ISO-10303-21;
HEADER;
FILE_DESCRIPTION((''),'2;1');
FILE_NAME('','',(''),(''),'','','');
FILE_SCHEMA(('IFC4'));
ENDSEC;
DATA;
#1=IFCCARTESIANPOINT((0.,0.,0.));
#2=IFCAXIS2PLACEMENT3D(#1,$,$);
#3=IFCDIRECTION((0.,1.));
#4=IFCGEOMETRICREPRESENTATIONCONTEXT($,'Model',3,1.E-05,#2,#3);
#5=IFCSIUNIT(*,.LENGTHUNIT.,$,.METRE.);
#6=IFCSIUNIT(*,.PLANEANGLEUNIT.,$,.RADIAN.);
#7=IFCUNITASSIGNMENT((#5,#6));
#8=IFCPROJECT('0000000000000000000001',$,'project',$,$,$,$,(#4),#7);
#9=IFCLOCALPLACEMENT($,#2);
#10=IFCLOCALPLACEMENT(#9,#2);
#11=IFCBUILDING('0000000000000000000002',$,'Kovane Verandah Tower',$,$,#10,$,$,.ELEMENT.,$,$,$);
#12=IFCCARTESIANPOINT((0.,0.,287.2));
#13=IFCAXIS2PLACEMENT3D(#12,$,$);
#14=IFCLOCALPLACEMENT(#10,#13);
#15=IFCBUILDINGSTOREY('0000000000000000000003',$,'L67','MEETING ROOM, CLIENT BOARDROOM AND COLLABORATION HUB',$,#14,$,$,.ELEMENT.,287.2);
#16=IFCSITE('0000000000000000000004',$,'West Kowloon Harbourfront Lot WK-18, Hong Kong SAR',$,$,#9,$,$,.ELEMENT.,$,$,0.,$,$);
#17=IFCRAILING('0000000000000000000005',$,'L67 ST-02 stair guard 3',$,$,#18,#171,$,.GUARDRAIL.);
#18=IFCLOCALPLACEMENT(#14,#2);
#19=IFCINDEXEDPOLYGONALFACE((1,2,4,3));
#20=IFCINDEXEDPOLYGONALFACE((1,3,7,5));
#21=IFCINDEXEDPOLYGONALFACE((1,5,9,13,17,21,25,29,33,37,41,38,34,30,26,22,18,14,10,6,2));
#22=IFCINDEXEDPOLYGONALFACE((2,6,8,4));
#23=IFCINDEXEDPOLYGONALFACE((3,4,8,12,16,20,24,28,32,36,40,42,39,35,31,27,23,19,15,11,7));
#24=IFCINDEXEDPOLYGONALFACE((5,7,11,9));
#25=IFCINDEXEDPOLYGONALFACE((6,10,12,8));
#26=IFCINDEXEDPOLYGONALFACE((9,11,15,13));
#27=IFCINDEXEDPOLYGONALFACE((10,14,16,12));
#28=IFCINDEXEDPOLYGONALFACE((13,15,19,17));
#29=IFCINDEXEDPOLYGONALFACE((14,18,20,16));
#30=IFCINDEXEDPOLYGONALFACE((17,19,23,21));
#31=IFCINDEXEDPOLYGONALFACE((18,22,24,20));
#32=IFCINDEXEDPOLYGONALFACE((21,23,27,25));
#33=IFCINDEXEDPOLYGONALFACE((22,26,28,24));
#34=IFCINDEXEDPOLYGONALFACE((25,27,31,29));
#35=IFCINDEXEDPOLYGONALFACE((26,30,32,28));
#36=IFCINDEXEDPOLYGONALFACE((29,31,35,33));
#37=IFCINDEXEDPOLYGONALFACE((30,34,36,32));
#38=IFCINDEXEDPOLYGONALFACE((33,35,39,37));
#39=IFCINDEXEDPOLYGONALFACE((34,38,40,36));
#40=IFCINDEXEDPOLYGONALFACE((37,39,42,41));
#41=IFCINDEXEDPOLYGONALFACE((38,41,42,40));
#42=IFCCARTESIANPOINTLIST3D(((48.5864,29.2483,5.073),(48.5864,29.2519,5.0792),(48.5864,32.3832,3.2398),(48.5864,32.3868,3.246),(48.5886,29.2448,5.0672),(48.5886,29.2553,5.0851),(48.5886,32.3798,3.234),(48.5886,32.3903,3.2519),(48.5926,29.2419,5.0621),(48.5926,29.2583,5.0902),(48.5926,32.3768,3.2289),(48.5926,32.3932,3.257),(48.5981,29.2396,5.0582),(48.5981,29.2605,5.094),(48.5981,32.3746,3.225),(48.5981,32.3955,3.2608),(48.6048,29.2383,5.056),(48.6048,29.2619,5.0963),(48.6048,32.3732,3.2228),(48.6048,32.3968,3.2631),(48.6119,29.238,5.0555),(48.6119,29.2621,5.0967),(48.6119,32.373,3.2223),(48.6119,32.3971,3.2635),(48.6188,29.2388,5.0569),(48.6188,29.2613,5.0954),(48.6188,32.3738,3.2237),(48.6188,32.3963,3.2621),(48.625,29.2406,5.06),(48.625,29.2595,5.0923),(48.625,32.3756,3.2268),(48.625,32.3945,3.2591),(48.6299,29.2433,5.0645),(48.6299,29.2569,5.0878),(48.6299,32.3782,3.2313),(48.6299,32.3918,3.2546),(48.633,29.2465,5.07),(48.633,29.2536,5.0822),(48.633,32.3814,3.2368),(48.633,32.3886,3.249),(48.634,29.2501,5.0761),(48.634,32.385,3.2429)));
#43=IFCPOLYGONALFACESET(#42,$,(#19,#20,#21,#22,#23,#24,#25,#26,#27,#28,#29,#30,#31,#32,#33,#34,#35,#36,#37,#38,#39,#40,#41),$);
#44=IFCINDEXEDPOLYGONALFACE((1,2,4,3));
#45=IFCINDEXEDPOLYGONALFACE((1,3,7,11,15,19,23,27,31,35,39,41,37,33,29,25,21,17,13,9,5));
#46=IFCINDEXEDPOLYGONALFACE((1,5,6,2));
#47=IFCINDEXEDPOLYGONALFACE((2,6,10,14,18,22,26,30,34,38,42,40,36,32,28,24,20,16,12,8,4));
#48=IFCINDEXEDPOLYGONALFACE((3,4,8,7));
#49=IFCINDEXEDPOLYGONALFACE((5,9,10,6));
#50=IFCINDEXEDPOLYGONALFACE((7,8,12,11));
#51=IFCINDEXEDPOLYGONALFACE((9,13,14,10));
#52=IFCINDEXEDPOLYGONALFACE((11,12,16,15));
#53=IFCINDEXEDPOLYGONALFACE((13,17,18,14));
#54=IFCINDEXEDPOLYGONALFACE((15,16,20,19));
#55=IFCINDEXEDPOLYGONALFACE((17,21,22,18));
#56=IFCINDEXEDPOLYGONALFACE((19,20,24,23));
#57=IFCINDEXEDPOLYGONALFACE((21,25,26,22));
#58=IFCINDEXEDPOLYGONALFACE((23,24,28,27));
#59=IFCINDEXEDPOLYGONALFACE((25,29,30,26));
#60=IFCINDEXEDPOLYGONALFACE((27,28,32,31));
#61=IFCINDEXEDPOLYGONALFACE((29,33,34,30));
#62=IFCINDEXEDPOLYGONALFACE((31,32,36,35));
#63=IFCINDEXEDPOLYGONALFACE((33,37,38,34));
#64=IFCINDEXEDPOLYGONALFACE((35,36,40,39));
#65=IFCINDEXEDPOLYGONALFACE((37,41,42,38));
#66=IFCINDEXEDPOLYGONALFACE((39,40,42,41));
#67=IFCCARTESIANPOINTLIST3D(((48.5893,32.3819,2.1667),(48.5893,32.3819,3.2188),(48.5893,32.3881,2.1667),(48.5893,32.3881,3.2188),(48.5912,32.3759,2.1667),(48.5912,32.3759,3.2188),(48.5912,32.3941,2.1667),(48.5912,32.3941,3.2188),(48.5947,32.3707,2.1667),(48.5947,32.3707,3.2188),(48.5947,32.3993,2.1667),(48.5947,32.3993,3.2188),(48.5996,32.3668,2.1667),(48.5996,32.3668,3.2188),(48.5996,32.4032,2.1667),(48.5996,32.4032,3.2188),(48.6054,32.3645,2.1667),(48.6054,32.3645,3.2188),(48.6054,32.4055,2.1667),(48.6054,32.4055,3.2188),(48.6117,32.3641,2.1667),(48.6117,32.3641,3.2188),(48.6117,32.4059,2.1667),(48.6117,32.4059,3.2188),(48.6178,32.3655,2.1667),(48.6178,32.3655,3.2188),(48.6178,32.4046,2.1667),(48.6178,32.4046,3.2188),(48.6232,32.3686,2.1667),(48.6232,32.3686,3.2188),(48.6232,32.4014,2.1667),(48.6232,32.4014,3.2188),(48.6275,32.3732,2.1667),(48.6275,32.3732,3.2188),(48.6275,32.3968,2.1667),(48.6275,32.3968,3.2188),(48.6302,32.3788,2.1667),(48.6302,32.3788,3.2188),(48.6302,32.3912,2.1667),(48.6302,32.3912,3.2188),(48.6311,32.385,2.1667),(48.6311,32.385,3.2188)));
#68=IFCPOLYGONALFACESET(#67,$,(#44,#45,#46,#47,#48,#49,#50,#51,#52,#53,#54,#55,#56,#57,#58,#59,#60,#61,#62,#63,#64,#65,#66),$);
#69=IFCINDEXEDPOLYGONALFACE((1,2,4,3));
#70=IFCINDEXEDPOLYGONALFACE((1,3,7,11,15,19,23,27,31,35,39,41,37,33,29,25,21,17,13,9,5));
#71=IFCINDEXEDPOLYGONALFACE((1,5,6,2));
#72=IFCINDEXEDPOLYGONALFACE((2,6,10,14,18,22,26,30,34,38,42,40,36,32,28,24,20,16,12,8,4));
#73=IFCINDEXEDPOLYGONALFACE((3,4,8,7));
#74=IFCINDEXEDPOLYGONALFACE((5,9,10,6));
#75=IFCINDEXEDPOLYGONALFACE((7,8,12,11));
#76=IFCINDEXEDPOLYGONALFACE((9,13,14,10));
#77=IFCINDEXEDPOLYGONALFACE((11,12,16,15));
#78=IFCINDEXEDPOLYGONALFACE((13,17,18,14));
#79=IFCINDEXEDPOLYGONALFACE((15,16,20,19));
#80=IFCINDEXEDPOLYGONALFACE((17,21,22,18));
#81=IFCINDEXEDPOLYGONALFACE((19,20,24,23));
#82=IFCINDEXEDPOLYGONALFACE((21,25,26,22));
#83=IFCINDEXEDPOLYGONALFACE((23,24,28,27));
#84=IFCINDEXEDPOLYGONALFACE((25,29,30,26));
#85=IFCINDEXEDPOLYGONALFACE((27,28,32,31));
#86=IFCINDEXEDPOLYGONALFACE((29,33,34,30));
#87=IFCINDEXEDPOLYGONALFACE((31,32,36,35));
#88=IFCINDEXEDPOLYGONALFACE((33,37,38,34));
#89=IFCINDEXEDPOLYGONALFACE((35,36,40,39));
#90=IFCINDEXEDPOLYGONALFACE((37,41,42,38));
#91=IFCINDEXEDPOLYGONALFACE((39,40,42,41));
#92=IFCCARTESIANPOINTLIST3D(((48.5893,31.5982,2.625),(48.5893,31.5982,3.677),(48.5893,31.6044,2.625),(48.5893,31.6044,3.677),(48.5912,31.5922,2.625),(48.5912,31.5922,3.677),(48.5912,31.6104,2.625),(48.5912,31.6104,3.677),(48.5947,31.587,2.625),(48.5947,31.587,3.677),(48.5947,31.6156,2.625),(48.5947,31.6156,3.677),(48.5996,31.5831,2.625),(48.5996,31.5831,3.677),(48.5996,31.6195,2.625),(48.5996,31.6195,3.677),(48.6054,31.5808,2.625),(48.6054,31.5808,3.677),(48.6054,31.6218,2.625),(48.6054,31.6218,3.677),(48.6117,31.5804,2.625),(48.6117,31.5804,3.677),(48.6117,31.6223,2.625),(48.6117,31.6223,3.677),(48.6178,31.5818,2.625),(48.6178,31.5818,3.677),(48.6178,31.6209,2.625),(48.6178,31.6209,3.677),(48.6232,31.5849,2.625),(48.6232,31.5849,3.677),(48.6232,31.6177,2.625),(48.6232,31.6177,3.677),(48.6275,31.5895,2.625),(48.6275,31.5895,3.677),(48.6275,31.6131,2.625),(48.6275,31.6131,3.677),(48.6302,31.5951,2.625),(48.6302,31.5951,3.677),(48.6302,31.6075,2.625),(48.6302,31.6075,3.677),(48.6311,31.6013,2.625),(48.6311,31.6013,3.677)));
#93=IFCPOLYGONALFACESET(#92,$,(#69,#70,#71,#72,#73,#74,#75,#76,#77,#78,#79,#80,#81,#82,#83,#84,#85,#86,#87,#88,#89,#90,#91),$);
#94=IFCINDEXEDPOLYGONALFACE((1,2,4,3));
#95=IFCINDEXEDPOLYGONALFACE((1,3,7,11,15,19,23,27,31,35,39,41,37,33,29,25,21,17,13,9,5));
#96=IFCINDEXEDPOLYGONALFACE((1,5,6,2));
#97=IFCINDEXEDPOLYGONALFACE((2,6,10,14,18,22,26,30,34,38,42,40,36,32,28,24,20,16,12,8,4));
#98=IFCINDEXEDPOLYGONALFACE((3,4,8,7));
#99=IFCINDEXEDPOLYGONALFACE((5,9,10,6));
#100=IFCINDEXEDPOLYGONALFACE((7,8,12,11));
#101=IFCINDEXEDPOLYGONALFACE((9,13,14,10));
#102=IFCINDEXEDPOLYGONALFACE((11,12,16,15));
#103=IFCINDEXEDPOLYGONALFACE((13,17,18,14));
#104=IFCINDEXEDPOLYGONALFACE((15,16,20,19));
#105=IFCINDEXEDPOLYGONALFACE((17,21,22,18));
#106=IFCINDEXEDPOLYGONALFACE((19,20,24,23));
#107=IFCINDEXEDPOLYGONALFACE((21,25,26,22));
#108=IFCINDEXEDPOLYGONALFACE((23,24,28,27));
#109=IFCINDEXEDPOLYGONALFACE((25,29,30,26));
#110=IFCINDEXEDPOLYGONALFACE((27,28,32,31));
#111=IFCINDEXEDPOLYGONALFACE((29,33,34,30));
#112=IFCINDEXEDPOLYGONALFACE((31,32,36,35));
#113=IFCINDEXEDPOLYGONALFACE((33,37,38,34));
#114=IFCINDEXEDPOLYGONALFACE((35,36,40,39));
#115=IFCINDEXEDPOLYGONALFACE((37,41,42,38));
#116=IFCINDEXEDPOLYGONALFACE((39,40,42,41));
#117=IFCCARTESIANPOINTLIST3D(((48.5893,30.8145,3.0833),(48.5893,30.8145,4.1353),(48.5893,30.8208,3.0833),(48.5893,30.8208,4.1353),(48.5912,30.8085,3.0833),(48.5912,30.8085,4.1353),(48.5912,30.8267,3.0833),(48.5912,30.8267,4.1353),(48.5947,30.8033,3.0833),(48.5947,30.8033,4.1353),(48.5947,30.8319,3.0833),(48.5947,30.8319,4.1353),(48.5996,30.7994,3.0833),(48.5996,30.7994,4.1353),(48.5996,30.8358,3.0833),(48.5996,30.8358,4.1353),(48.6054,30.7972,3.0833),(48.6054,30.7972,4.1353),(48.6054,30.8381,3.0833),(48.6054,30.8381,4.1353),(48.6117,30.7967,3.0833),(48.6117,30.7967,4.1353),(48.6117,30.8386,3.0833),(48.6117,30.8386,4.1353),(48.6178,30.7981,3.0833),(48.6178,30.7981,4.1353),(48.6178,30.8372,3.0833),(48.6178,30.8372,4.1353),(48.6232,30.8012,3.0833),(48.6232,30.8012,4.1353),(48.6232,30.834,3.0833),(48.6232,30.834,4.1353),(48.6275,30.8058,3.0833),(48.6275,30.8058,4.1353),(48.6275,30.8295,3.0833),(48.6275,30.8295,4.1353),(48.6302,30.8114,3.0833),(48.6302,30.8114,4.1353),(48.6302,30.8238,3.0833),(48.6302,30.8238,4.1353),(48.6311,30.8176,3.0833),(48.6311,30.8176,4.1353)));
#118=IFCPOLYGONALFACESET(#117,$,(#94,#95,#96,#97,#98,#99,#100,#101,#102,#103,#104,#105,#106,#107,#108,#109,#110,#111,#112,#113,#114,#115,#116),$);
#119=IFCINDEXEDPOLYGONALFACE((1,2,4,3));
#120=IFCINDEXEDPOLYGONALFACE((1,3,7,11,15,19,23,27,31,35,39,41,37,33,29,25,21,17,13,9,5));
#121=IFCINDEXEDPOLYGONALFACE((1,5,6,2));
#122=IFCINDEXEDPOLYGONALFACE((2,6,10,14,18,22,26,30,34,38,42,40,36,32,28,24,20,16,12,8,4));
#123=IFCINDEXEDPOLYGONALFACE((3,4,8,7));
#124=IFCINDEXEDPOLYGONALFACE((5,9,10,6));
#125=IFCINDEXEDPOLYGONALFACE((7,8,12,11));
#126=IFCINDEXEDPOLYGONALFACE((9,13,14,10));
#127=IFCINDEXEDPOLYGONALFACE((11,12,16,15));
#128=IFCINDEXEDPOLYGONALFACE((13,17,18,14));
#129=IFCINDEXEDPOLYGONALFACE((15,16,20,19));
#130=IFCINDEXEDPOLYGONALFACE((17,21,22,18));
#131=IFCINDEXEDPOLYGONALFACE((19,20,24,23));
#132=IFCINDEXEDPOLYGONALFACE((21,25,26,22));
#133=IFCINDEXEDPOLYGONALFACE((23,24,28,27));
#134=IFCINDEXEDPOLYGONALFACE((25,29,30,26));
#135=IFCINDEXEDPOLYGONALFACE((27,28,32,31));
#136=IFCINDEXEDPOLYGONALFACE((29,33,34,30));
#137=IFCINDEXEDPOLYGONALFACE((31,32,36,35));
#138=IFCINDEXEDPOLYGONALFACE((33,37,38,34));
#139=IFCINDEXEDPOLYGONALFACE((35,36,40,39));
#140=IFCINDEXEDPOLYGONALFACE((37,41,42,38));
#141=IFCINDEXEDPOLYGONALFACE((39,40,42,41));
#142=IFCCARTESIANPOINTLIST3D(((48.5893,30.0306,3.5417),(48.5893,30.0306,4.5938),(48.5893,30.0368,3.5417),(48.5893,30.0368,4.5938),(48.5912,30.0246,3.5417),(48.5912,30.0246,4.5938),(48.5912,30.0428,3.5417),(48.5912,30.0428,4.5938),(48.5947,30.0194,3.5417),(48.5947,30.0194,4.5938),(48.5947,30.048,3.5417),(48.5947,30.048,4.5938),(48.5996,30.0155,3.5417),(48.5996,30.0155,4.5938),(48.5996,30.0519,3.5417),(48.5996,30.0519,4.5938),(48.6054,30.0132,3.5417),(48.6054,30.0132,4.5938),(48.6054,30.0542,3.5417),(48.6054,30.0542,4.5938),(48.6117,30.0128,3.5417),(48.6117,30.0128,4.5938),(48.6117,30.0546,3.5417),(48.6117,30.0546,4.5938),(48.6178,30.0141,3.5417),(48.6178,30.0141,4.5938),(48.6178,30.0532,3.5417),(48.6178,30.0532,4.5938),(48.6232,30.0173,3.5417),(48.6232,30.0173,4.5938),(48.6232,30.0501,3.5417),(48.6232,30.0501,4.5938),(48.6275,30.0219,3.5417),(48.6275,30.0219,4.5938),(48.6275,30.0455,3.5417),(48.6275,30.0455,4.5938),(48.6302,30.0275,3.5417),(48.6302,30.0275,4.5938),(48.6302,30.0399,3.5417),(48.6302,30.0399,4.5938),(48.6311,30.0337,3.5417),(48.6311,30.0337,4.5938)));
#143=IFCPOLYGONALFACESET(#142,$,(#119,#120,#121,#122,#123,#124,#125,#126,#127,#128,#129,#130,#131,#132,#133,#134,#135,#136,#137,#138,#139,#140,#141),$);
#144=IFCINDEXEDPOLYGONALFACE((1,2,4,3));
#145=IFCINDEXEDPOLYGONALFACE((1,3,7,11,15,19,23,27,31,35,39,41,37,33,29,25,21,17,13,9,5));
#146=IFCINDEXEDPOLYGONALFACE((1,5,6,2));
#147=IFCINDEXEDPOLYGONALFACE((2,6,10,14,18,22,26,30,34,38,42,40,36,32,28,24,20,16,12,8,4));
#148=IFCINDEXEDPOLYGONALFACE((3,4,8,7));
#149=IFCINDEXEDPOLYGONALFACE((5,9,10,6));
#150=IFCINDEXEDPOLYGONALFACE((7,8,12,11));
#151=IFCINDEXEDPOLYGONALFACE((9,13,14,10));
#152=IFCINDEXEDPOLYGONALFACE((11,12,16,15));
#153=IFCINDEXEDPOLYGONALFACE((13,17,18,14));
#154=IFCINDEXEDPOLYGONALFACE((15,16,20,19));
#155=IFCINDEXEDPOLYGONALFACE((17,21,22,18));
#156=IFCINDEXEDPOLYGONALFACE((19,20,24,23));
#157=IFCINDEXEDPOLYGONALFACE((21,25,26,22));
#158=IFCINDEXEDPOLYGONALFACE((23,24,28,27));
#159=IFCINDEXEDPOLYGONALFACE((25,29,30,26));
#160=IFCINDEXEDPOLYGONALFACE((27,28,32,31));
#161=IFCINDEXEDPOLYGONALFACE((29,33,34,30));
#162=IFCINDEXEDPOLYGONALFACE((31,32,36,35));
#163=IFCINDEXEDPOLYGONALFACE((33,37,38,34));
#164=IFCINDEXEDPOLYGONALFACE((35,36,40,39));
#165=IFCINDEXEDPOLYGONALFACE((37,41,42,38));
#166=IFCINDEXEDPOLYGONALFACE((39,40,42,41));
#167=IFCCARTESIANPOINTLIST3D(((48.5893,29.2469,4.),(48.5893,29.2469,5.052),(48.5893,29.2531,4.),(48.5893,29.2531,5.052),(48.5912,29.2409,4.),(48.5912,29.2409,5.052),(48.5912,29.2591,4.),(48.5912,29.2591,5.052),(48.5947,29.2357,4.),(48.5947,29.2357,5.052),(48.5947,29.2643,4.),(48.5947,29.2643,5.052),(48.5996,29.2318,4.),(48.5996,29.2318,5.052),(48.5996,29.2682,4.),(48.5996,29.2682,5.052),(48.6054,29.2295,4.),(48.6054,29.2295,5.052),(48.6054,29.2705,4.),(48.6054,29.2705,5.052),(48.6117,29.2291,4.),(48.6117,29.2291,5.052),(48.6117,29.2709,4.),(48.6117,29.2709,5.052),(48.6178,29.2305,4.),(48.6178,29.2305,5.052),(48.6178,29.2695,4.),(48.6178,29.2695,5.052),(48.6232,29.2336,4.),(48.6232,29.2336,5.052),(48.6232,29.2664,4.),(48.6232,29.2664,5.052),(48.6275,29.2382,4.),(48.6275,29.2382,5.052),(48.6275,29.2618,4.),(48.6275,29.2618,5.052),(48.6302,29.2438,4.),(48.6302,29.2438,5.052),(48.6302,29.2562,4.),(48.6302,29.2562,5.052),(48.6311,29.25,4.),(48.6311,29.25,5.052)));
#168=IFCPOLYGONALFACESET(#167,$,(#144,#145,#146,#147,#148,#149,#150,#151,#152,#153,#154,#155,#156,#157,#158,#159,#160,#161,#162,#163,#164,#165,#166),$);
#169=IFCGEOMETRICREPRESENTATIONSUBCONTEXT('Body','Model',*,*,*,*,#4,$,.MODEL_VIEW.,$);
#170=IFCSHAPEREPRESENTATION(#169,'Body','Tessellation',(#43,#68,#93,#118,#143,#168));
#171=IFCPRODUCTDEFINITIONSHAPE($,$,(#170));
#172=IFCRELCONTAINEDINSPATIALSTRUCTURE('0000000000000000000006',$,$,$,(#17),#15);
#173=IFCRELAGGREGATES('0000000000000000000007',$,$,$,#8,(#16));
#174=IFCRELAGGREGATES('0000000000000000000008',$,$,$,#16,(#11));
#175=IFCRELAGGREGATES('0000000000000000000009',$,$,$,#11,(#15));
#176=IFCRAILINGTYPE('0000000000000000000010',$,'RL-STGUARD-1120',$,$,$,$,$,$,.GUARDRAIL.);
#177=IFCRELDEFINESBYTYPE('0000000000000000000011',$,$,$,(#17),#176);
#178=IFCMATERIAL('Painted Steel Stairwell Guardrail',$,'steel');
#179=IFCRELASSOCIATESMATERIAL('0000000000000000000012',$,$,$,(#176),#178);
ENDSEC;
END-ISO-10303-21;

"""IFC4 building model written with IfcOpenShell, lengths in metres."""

from ifc_helpers import new_model, si_unit, direction, frame, origin, origin_2d, place, context, subcontext, project, spatial, circle, extrude, material, type_object, element, save


model = new_model("IFC4")

# Units and contexts
model_context = context("Model", 3, precision=1e-05, world=origin(), true_north=direction((0.0, 1.0)))
body_context = subcontext(model_context, "Body", "Model", "MODEL_VIEW")
ifc_project = project(units=[si_unit("LENGTHUNIT", "METRE"), si_unit("PLANEANGLEUNIT", "RADIAN")], contexts=[model_context])

# Site, building, storey
site_placement = place(None, origin())
site = spatial("IfcSite", under=ifc_project, at=site_placement, Name="West Kowloon Harbourfront Lot WK-18, Hong Kong SAR", CompositionType="ELEMENT", RefElevation=0.0)
building_placement = place(site_placement, origin())
building = spatial("IfcBuilding", under=site, at=building_placement, Name="Kovane Verandah Tower", CompositionType="ELEMENT")
storey_placement = place(building_placement, frame((0.0, 0.0, 287.2)))
storey = spatial("IfcBuildingStorey", under=building, at=storey_placement, Name="L67", Description="MEETING ROOM, CLIENT BOARDROOM AND COLLABORATION HUB", CompositionType="ELEMENT", Elevation=287.2)

# Railing
ifc_material_1 = material(Name="Painted Steel Stairwell Guardrail", Category="steel")
railing_type_1 = type_object("IfcRailingType", Name="RL-STGUARD-1120", PredefinedType="GUARDRAIL", material=ifc_material_1)
railing_1_placement = place(storey_placement, frame((48.6101, 32.385, 2.1667)))
element("IfcRailing", 1, at=railing_1_placement, inside=storey, type_object=railing_type_1, Name="L67 ST-02 stair guard 3", PredefinedType="GUARDRAIL", context=body_context, shape_type="SweptSolid", body=[
    extrude(circle(Radius=0.0239, at=origin_2d()), frame((0.0, 0.0, 1.0762), z_axis=(0.0, -0.86324, 0.504794), x_axis=(1.0, 0.0, 0.0)), (0.0, 0.0, 1.0), 3.6316),
    extrude(circle(Radius=0.021, at=origin_2d()), origin(), (0.0, 0.0, 1.0), 1.052),
    extrude(circle(Radius=0.021, at=origin_2d()), frame((0.0, -0.7837, 0.4583)), (0.0, 0.0, 1.0), 1.052),
    extrude(circle(Radius=0.021, at=origin_2d()), frame((0.0, -1.5674, 0.9165)), (0.0, 0.0, 1.0), 1.052),
    extrude(circle(Radius=0.021, at=origin_2d()), frame((0.0, -2.3513, 1.375)), (0.0, 0.0, 1.0), 1.052),
    extrude(circle(Radius=0.021, at=origin_2d()), frame((0.0, -3.135, 1.8333)), (0.0, 0.0, 1.0), 1.052),
])

save(model, "model.ifc")
